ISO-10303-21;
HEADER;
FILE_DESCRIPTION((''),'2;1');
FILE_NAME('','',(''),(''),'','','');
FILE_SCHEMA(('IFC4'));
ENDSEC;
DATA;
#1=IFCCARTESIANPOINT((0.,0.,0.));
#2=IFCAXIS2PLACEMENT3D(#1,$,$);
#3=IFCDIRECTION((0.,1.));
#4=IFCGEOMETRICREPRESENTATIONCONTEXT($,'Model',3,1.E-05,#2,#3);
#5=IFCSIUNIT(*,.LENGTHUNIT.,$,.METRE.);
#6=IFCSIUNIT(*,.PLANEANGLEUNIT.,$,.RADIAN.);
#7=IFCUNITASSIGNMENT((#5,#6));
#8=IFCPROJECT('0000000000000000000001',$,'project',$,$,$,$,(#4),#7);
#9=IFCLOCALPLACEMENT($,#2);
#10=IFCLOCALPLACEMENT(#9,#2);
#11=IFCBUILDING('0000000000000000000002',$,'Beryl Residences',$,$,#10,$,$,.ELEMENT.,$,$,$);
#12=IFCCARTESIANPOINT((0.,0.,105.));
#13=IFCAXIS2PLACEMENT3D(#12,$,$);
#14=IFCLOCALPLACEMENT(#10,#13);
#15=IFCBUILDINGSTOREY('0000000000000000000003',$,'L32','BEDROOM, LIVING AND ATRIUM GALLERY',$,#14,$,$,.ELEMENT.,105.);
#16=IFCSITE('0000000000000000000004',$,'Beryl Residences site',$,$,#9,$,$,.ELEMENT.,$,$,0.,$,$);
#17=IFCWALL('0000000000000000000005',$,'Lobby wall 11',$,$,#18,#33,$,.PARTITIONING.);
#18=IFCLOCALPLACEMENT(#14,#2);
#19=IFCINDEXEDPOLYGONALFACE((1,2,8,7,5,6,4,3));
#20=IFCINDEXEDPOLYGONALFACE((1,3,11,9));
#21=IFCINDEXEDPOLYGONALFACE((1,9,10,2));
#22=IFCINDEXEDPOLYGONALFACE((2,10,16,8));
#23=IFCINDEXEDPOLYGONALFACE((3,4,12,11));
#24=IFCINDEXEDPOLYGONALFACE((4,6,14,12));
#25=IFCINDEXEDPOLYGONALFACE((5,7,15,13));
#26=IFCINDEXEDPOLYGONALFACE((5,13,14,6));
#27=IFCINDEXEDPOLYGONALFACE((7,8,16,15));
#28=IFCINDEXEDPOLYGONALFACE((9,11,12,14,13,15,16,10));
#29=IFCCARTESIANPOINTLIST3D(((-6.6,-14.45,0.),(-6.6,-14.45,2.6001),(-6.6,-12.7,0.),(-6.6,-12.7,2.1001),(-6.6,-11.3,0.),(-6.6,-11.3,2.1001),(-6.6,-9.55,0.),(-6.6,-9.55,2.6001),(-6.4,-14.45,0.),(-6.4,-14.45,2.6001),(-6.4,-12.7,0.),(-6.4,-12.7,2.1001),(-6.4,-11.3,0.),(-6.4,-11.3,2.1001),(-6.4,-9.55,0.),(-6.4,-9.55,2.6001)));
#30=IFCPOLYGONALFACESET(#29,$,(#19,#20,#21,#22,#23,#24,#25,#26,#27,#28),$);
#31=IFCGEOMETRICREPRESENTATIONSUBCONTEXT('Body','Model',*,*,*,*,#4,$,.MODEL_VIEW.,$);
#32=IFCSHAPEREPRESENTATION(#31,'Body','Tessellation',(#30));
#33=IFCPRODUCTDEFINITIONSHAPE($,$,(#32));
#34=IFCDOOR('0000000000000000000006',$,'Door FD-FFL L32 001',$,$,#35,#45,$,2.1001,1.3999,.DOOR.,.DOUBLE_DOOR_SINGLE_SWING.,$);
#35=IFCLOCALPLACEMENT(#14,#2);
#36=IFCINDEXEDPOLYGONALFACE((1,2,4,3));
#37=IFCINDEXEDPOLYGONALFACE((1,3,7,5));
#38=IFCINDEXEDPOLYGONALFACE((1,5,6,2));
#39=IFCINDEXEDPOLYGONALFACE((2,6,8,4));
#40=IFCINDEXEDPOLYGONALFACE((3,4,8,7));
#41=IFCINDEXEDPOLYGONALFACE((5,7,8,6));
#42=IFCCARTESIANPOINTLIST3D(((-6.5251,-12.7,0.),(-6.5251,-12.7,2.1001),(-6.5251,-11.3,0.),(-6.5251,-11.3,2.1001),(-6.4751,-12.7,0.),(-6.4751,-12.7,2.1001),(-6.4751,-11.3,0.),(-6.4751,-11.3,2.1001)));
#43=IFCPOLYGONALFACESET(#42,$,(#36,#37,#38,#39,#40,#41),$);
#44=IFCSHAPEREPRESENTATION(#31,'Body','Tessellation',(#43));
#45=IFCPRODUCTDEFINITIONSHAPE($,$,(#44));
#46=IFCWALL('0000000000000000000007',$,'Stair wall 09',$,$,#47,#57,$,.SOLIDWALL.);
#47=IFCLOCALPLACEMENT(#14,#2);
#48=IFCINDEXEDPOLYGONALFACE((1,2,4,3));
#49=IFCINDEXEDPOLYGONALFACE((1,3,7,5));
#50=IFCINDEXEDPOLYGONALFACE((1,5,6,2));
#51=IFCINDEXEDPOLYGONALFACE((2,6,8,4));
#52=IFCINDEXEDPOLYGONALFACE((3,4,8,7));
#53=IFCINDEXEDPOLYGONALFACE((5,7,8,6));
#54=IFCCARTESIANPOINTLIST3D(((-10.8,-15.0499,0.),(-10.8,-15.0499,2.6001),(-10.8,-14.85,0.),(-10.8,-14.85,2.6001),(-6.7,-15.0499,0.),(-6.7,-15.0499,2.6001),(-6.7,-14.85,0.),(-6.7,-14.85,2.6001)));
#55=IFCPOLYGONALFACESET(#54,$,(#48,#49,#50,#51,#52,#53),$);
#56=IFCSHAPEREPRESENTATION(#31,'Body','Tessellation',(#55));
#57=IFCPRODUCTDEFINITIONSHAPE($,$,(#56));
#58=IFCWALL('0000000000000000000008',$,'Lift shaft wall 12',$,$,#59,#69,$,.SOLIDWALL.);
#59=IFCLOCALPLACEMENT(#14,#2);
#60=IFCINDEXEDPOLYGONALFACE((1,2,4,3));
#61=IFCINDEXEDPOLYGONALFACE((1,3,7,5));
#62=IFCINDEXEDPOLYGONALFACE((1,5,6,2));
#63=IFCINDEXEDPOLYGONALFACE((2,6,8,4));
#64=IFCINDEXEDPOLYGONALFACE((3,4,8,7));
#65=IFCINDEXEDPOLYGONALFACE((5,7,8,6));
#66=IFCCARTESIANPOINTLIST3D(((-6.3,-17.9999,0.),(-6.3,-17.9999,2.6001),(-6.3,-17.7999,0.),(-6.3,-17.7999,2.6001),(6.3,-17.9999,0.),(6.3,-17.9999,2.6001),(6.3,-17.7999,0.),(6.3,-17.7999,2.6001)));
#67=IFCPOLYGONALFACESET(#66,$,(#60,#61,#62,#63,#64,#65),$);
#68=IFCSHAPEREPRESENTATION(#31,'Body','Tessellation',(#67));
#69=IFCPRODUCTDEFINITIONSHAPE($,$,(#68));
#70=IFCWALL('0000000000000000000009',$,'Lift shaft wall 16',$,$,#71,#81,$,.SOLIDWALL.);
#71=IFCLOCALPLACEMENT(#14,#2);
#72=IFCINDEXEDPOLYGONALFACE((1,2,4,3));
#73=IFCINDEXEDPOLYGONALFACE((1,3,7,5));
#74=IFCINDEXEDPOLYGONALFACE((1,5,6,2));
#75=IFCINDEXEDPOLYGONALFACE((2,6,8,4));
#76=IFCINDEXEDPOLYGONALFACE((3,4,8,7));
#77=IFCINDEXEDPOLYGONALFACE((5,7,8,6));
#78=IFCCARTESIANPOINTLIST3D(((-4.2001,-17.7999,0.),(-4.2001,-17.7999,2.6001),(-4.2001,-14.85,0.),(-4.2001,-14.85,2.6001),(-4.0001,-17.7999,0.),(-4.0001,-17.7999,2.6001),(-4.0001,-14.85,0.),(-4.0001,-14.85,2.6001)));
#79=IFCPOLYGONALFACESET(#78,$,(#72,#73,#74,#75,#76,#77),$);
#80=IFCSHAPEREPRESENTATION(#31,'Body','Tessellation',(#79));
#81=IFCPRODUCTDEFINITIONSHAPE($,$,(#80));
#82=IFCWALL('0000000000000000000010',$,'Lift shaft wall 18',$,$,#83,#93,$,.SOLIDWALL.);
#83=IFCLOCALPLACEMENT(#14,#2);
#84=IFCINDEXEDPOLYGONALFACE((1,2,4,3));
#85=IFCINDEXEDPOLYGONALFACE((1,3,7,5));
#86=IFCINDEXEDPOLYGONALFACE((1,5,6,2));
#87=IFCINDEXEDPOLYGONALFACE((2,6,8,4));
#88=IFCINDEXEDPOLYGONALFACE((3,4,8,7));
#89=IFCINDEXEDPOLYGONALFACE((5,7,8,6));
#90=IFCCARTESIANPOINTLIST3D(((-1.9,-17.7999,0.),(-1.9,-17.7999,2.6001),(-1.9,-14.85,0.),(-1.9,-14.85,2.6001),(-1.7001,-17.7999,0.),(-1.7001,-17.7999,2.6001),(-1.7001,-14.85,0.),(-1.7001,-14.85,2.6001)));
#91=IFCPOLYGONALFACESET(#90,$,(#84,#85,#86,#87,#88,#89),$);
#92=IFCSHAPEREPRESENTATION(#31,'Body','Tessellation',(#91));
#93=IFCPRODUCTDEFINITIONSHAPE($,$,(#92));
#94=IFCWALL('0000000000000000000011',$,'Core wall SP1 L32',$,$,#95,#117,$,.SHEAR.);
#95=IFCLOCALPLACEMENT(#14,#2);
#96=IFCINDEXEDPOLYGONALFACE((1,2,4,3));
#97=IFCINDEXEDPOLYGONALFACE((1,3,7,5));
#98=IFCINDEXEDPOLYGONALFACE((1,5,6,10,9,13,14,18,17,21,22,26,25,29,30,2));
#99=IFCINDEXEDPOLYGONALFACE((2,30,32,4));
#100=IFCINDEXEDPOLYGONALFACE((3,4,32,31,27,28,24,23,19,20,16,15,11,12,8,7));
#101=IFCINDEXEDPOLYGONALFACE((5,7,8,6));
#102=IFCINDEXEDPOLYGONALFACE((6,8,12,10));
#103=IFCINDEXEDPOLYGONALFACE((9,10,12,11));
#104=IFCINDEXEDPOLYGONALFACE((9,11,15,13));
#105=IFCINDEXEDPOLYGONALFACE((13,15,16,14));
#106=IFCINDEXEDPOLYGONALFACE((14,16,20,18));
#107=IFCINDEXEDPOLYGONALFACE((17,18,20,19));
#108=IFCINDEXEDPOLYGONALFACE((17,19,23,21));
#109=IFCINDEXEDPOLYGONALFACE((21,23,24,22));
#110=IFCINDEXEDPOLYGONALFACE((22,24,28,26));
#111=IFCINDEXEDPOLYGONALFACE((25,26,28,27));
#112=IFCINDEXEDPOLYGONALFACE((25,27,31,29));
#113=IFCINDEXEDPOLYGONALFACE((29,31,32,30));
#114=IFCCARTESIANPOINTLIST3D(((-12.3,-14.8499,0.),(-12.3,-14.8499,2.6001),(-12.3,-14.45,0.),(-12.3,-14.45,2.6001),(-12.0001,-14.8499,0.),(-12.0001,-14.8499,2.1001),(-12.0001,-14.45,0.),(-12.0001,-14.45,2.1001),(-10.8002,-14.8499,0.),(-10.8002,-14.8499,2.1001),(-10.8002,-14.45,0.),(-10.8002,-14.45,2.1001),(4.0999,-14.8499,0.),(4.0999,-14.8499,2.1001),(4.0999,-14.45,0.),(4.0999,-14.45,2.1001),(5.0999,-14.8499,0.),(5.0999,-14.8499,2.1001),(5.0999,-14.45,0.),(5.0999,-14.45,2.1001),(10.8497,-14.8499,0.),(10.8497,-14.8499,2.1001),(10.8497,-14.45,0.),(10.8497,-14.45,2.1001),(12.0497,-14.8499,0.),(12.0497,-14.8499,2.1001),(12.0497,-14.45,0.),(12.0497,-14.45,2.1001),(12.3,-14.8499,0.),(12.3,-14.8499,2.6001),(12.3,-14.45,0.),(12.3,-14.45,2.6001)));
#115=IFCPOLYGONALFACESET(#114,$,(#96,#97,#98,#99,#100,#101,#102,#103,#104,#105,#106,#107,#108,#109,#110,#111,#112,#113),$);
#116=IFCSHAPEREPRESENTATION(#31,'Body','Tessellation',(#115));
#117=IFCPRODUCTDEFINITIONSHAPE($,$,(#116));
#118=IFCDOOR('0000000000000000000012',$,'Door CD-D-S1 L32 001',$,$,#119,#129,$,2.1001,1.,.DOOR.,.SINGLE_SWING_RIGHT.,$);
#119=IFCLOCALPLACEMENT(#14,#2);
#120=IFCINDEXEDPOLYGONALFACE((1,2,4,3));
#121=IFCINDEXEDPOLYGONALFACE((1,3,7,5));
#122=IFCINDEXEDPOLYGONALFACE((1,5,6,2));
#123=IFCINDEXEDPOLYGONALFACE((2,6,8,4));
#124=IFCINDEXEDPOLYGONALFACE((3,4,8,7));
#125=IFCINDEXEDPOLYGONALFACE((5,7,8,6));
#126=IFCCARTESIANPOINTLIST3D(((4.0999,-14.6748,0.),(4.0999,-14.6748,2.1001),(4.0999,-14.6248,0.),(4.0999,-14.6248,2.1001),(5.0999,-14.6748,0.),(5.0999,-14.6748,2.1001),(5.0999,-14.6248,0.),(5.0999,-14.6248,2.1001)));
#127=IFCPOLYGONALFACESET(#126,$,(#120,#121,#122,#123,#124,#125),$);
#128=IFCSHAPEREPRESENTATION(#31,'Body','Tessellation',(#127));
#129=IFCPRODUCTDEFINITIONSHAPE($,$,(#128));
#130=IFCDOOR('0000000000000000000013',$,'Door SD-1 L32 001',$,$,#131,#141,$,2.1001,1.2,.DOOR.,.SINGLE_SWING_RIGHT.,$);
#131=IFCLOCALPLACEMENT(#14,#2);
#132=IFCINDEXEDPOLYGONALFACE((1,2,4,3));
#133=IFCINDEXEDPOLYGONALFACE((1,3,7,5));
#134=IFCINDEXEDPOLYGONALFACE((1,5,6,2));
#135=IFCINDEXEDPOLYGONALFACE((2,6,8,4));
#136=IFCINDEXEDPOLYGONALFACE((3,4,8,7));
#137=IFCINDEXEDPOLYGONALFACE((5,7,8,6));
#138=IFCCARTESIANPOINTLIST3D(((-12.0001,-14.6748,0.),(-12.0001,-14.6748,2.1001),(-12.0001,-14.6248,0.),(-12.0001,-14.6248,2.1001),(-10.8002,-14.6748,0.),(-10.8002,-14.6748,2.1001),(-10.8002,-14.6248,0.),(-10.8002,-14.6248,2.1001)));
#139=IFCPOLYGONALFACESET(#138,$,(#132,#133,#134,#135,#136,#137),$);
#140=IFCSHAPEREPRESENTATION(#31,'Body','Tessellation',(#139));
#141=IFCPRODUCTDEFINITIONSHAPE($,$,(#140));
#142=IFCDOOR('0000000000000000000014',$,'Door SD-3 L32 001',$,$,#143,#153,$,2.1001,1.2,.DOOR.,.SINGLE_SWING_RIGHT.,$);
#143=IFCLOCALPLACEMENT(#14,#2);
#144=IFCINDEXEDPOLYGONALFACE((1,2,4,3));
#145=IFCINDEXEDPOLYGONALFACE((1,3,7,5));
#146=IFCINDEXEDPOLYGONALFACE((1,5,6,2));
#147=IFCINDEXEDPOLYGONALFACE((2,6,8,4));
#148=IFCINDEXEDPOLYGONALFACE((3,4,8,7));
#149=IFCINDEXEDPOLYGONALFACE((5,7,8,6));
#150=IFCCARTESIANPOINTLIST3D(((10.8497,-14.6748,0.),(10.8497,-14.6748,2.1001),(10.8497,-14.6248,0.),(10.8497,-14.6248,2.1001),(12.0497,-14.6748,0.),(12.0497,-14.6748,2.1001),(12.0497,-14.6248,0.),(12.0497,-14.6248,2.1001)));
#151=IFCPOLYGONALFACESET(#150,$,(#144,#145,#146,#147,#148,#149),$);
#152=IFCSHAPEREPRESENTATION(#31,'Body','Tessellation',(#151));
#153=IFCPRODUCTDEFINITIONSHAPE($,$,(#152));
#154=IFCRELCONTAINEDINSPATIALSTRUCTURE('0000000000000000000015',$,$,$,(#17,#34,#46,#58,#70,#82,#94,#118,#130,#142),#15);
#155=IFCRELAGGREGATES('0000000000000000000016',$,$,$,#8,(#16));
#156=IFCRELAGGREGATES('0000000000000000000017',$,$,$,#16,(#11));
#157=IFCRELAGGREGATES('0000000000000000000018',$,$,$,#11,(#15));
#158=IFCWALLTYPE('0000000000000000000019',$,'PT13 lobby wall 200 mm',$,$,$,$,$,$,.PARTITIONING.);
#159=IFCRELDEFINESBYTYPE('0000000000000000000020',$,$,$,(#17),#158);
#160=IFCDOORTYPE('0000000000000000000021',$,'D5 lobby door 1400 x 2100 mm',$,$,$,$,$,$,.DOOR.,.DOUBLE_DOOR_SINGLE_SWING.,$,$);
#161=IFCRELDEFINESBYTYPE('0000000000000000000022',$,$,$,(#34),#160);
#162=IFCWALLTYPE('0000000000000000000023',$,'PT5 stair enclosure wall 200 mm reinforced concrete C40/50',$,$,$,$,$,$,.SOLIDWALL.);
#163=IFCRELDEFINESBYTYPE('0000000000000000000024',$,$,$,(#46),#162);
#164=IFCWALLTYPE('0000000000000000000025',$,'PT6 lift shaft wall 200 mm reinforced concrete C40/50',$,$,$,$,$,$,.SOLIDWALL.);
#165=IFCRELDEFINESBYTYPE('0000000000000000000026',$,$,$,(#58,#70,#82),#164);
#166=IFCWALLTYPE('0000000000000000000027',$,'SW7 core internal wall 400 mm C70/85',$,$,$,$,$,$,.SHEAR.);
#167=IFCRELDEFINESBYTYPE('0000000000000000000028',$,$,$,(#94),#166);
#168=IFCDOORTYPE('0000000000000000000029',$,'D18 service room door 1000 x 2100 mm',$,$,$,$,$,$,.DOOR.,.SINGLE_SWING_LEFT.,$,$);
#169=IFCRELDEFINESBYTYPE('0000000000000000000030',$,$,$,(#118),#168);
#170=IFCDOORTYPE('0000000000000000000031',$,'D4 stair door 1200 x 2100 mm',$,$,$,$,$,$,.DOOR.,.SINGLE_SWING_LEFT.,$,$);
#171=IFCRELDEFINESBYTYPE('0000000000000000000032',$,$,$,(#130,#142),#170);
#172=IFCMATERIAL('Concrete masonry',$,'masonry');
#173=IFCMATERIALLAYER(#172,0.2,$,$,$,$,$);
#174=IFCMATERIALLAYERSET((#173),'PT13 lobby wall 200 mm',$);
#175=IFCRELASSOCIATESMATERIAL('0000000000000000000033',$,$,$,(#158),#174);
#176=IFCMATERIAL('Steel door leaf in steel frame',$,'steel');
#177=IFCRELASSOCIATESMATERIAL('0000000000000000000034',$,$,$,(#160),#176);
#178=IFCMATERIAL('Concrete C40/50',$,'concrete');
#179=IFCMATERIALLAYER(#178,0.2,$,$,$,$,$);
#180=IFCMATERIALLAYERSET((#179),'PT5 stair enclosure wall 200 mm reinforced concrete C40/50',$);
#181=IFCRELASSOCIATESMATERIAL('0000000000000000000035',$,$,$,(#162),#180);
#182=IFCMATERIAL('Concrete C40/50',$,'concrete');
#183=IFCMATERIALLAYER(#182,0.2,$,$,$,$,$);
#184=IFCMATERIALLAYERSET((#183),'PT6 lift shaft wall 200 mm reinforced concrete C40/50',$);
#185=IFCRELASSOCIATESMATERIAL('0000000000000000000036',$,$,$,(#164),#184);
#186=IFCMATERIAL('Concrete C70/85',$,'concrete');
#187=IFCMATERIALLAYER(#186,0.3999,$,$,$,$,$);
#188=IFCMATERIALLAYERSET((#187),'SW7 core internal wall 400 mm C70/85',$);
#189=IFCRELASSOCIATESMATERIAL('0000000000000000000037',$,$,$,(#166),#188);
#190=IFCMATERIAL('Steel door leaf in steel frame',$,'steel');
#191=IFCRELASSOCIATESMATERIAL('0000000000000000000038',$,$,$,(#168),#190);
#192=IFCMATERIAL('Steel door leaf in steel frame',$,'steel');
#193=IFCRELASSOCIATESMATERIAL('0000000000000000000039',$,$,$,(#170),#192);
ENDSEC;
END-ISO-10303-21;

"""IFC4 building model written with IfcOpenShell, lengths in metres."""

from ifc_helpers import new_model, si_unit, direction, frame, frame_2d, origin, place, context, subcontext, project, spatial, rectangle, extrude, material, layer, layer_set, type_object, element, fill, save


model = new_model("IFC4")

# Units and contexts
model_context = context("Model", 3, precision=1e-05, world=origin(), true_north=direction((0.0, 1.0)))
body_context = subcontext(model_context, "Body", "Model", "MODEL_VIEW")
ifc_project = project(units=[si_unit("LENGTHUNIT", "METRE"), si_unit("PLANEANGLEUNIT", "RADIAN")], contexts=[model_context])

# Site, building, storey
site_placement = place(None, origin())
site = spatial("IfcSite", under=ifc_project, at=site_placement, Name="Beryl Residences site", CompositionType="ELEMENT", RefElevation=0.0)
building_placement = place(site_placement, origin())
building = spatial("IfcBuilding", under=site, at=building_placement, Name="Beryl Residences", CompositionType="ELEMENT")
storey_placement = place(building_placement, frame((0.0, 0.0, 105.0)))
storey = spatial("IfcBuildingStorey", under=building, at=storey_placement, Name="L32", Description="BEDROOM, LIVING AND ATRIUM GALLERY", CompositionType="ELEMENT", Elevation=105.0)

# Wall, opening, door
ifc_material_1 = material(Name="Concrete masonry", Category="masonry")
ifc_layer_1 = layer(ifc_material_1, 0.2)
ifc_layer_set_1 = layer_set([ifc_layer_1], Name="PT13 lobby wall 200 mm")
wall_type_1 = type_object("IfcWallType", Name="PT13 lobby wall 200 mm", PredefinedType="PARTITIONING", material=ifc_layer_set_1)
wall_1_placement = place(storey_placement, frame((-6.5, -14.45, 0.0), z_axis=(0.0, 0.0, 1.0), x_axis=(0.0, 1.0, 0.0)))
wall_1 = element("IfcWall", 1, at=wall_1_placement, inside=storey, type_object=wall_type_1, Name="Lobby wall 11", PredefinedType="PARTITIONING", context=body_context, shape_type="SweptSolid", body=[
    extrude(rectangle(XDim=4.8999, YDim=0.2, at=frame_2d((2.45, 0.0))), origin(), (0.0, 0.0, 1.0), 2.6001),
])
opening_1_placement = place(wall_1_placement, frame((3.1499, 0.0, 0.0), z_axis=(0.0, 0.0, 1.0), x_axis=(-1.0, 0.0, 0.0)))
opening_1 = element("IfcOpeningElement", 2, at=opening_1_placement, cuts=wall_1, PredefinedType="OPENING", context=body_context, shape_type="SweptSolid", body=[
    extrude(rectangle(XDim=1.3999, YDim=2.1001, at=frame_2d((0.7, 1.05))), frame((0.0, 0.1099, 0.0), z_axis=(0.0, -1.0, 0.0), x_axis=(1.0, 0.0, 0.0)), (0.0, 0.0, 1.0), 0.22),
])
ifc_material_2 = material(Name="Steel door leaf in steel frame", Category="steel")
door_type_1 = type_object("IfcDoorType", Name="D5 lobby door 1400 x 2100 mm", OperationType="DOUBLE_DOOR_SINGLE_SWING", PredefinedType="DOOR", material=ifc_material_2)
door_1_placement = place(opening_1_placement, origin())
door_1 = element("IfcDoor", 3, at=door_1_placement, inside=storey, type_object=door_type_1, Name="Door FD-FFL L32 001", OperationType="DOUBLE_DOOR_SINGLE_SWING", OverallHeight=2.1001, OverallWidth=1.3999, PredefinedType="DOOR", context=body_context, shape_type="SweptSolid", body=[
    extrude(rectangle(XDim=1.3999, YDim=2.1001, at=frame_2d((0.7, 1.05))), frame((0.0, 0.0249, 0.0), z_axis=(0.0, -1.0, 0.0), x_axis=(1.0, 0.0, 0.0)), (0.0, 0.0, 1.0), 0.05),
])
fill(opening_1, door_1)

# Walls
ifc_material_3 = material(Name="Concrete C40/50", Category="concrete")
ifc_layer_2 = layer(ifc_material_3, 0.2)
ifc_layer_set_2 = layer_set([ifc_layer_2], Name="PT5 stair enclosure wall 200 mm reinforced concrete C40/50")
wall_type_2 = type_object("IfcWallType", Name="PT5 stair enclosure wall 200 mm reinforced concrete C40/50", PredefinedType="SOLIDWALL", material=ifc_layer_set_2)
wall_2_placement = place(storey_placement, frame((-10.8, -14.95, 0.0), z_axis=(0.0, 0.0, 1.0), x_axis=(1.0, 0.0, 0.0)))
element("IfcWall", 4, at=wall_2_placement, inside=storey, type_object=wall_type_2, Name="Stair wall 09", PredefinedType="SOLIDWALL", context=body_context, shape_type="SweptSolid", body=[
    extrude(rectangle(XDim=4.1001, YDim=0.2, at=frame_2d((2.05, 0.0))), origin(), (0.0, 0.0, 1.0), 2.6001),
])
ifc_material_4 = material(Name="Concrete C40/50", Category="concrete")
ifc_layer_3 = layer(ifc_material_4, 0.2)
ifc_layer_set_3 = layer_set([ifc_layer_3], Name="PT6 lift shaft wall 200 mm reinforced concrete C40/50")
wall_type_3 = type_object("IfcWallType", Name="PT6 lift shaft wall 200 mm reinforced concrete C40/50", PredefinedType="SOLIDWALL", material=ifc_layer_set_3)
wall_3_placement = place(storey_placement, frame((-6.3, -17.8999, 0.0), z_axis=(0.0, 0.0, 1.0), x_axis=(1.0, 0.0, 0.0)))
element("IfcWall", 5, at=wall_3_placement, inside=storey, type_object=wall_type_3, Name="Lift shaft wall 12", PredefinedType="SOLIDWALL", context=body_context, shape_type="SweptSolid", body=[
    extrude(rectangle(XDim=12.6001, YDim=0.2, at=frame_2d((6.3, 0.0))), origin(), (0.0, 0.0, 1.0), 2.6001),
])
for number, where, z_axis, x_axis, name in (
    (6, (-4.1001, -17.8, 0.0), (0.0, 0.0, 1.0), (0.0, 1.0, 0.0), "Lift shaft wall 16"),
    (7, (-1.8, -17.8, 0.0), (0.0, 0.0, 1.0), (0.0, 1.0, 0.0), "Lift shaft wall 18"),
):
    element("IfcWall", number, at=place(storey_placement, frame(where, z_axis=z_axis, x_axis=x_axis)), inside=storey, type_object=wall_type_3, Name=name, PredefinedType="SOLIDWALL", context=body_context, shape_type="SweptSolid", body=[
        extrude(rectangle(XDim=2.95, YDim=0.2, at=frame_2d((1.4751, 0.0))), origin(), (0.0, 0.0, 1.0), 2.6001),
    ])

# Wall, openings, doors
ifc_material_5 = material(Name="Concrete C70/85", Category="concrete")
ifc_layer_4 = layer(ifc_material_5, 0.3999)
ifc_layer_set_4 = layer_set([ifc_layer_4], Name="SW7 core internal wall 400 mm C70/85")
wall_type_4 = type_object("IfcWallType", Name="SW7 core internal wall 400 mm C70/85", PredefinedType="SHEAR", material=ifc_layer_set_4)
wall_4_placement = place(storey_placement, frame((-12.3, -14.6499, 0.0), z_axis=(0.0, 0.0, 1.0), x_axis=(1.0, 0.0, 0.0)))
wall_4 = element("IfcWall", 8, at=wall_4_placement, inside=storey, type_object=wall_type_4, Name="Core wall SP1 L32", PredefinedType="SHEAR", context=body_context, shape_type="SweptSolid", body=[
    extrude(rectangle(XDim=24.6001, YDim=0.3999, at=frame_2d((12.3, 0.0))), origin(), (0.0, 0.0, 1.0), 2.6001),
])
opening_2_placement = place(wall_4_placement, frame((1.5, 0.0, 0.0), z_axis=(0.0, 0.0, 1.0), x_axis=(-1.0, 0.0, 0.0)))
opening_2 = element("IfcOpeningElement", 9, at=opening_2_placement, cuts=wall_4, PredefinedType="OPENING", context=body_context, shape_type="SweptSolid", body=[
    extrude(rectangle(XDim=1.2, YDim=2.1001, at=frame_2d((0.6001, 1.05))), frame((0.0, 0.21, 0.0), z_axis=(0.0, -1.0, 0.0), x_axis=(1.0, 0.0, 0.0)), (0.0, 0.0, 1.0), 0.4199),
])
opening_3_placement = place(wall_4_placement, frame((24.3499, 0.0, 0.0), z_axis=(0.0, 0.0, 1.0), x_axis=(-1.0, 0.0, 0.0)))
opening_3 = element("IfcOpeningElement", 10, at=opening_3_placement, cuts=wall_4, PredefinedType="OPENING", context=body_context, shape_type="SweptSolid", body=[
    extrude(rectangle(XDim=1.2, YDim=2.1001, at=frame_2d((0.6001, 1.05))), frame((0.0, 0.21, 0.0), z_axis=(0.0, -1.0, 0.0), x_axis=(1.0, 0.0, 0.0)), (0.0, 0.0, 1.0), 0.4199),
])
opening_4_placement = place(wall_4_placement, frame((17.3999, 0.0, 0.0), z_axis=(0.0, 0.0, 1.0), x_axis=(-1.0, 0.0, 0.0)))
opening_4 = element("IfcOpeningElement", 11, at=opening_4_placement, cuts=wall_4, PredefinedType="OPENING", context=body_context, shape_type="SweptSolid", body=[
    extrude(rectangle(XDim=1.0, YDim=2.1001, at=frame_2d((0.5, 1.05))), frame((0.0, 0.21, 0.0), z_axis=(0.0, -1.0, 0.0), x_axis=(1.0, 0.0, 0.0)), (0.0, 0.0, 1.0), 0.4199),
])
ifc_material_6 = material(Name="Steel door leaf in steel frame", Category="steel")
door_type_2 = type_object("IfcDoorType", Name="D18 service room door 1000 x 2100 mm", OperationType="SINGLE_SWING_LEFT", PredefinedType="DOOR", material=ifc_material_6)
door_2_placement = place(opening_4_placement, origin())
door_2 = element("IfcDoor", 12, at=door_2_placement, inside=storey, type_object=door_type_2, Name="Door CD-D-S1 L32 001", OperationType="SINGLE_SWING_RIGHT", OverallHeight=2.1001, OverallWidth=1.0, PredefinedType="DOOR", context=body_context, shape_type="SweptSolid", body=[
    extrude(rectangle(XDim=1.0, YDim=2.1001, at=frame_2d((0.5, 1.05))), frame((0.0, 0.0249, 0.0), z_axis=(0.0, -1.0, 0.0), x_axis=(1.0, 0.0, 0.0)), (0.0, 0.0, 1.0), 0.05),
])
fill(opening_4, door_2)
ifc_material_7 = material(Name="Steel door leaf in steel frame", Category="steel")
door_type_3 = type_object("IfcDoorType", Name="D4 stair door 1200 x 2100 mm", OperationType="SINGLE_SWING_LEFT", PredefinedType="DOOR", material=ifc_material_7)
door_3_placement = place(opening_2_placement, origin())
door_3 = element("IfcDoor", 13, at=door_3_placement, inside=storey, type_object=door_type_3, Name="Door SD-1 L32 001", OperationType="SINGLE_SWING_RIGHT", OverallHeight=2.1001, OverallWidth=1.2, PredefinedType="DOOR", context=body_context, shape_type="SweptSolid", body=[
    extrude(rectangle(XDim=1.2, YDim=2.1001, at=frame_2d((0.6001, 1.05))), frame((0.0, 0.0249, 0.0), z_axis=(0.0, -1.0, 0.0), x_axis=(1.0, 0.0, 0.0)), (0.0, 0.0, 1.0), 0.05),
])
fill(opening_2, door_3)
door_4_placement = place(opening_3_placement, origin())
door_4 = element("IfcDoor", 14, at=door_4_placement, inside=storey, type_object=door_type_3, Name="Door SD-3 L32 001", OperationType="SINGLE_SWING_RIGHT", OverallHeight=2.1001, OverallWidth=1.2, PredefinedType="DOOR", context=body_context, shape_type="SweptSolid", body=[
    extrude(rectangle(XDim=1.2, YDim=2.1001, at=frame_2d((0.6001, 1.05))), frame((0.0, 0.0249, 0.0), z_axis=(0.0, -1.0, 0.0), x_axis=(1.0, 0.0, 0.0)), (0.0, 0.0, 1.0), 0.05),
])
fill(opening_3, door_4)

save(model, "model.ifc")
